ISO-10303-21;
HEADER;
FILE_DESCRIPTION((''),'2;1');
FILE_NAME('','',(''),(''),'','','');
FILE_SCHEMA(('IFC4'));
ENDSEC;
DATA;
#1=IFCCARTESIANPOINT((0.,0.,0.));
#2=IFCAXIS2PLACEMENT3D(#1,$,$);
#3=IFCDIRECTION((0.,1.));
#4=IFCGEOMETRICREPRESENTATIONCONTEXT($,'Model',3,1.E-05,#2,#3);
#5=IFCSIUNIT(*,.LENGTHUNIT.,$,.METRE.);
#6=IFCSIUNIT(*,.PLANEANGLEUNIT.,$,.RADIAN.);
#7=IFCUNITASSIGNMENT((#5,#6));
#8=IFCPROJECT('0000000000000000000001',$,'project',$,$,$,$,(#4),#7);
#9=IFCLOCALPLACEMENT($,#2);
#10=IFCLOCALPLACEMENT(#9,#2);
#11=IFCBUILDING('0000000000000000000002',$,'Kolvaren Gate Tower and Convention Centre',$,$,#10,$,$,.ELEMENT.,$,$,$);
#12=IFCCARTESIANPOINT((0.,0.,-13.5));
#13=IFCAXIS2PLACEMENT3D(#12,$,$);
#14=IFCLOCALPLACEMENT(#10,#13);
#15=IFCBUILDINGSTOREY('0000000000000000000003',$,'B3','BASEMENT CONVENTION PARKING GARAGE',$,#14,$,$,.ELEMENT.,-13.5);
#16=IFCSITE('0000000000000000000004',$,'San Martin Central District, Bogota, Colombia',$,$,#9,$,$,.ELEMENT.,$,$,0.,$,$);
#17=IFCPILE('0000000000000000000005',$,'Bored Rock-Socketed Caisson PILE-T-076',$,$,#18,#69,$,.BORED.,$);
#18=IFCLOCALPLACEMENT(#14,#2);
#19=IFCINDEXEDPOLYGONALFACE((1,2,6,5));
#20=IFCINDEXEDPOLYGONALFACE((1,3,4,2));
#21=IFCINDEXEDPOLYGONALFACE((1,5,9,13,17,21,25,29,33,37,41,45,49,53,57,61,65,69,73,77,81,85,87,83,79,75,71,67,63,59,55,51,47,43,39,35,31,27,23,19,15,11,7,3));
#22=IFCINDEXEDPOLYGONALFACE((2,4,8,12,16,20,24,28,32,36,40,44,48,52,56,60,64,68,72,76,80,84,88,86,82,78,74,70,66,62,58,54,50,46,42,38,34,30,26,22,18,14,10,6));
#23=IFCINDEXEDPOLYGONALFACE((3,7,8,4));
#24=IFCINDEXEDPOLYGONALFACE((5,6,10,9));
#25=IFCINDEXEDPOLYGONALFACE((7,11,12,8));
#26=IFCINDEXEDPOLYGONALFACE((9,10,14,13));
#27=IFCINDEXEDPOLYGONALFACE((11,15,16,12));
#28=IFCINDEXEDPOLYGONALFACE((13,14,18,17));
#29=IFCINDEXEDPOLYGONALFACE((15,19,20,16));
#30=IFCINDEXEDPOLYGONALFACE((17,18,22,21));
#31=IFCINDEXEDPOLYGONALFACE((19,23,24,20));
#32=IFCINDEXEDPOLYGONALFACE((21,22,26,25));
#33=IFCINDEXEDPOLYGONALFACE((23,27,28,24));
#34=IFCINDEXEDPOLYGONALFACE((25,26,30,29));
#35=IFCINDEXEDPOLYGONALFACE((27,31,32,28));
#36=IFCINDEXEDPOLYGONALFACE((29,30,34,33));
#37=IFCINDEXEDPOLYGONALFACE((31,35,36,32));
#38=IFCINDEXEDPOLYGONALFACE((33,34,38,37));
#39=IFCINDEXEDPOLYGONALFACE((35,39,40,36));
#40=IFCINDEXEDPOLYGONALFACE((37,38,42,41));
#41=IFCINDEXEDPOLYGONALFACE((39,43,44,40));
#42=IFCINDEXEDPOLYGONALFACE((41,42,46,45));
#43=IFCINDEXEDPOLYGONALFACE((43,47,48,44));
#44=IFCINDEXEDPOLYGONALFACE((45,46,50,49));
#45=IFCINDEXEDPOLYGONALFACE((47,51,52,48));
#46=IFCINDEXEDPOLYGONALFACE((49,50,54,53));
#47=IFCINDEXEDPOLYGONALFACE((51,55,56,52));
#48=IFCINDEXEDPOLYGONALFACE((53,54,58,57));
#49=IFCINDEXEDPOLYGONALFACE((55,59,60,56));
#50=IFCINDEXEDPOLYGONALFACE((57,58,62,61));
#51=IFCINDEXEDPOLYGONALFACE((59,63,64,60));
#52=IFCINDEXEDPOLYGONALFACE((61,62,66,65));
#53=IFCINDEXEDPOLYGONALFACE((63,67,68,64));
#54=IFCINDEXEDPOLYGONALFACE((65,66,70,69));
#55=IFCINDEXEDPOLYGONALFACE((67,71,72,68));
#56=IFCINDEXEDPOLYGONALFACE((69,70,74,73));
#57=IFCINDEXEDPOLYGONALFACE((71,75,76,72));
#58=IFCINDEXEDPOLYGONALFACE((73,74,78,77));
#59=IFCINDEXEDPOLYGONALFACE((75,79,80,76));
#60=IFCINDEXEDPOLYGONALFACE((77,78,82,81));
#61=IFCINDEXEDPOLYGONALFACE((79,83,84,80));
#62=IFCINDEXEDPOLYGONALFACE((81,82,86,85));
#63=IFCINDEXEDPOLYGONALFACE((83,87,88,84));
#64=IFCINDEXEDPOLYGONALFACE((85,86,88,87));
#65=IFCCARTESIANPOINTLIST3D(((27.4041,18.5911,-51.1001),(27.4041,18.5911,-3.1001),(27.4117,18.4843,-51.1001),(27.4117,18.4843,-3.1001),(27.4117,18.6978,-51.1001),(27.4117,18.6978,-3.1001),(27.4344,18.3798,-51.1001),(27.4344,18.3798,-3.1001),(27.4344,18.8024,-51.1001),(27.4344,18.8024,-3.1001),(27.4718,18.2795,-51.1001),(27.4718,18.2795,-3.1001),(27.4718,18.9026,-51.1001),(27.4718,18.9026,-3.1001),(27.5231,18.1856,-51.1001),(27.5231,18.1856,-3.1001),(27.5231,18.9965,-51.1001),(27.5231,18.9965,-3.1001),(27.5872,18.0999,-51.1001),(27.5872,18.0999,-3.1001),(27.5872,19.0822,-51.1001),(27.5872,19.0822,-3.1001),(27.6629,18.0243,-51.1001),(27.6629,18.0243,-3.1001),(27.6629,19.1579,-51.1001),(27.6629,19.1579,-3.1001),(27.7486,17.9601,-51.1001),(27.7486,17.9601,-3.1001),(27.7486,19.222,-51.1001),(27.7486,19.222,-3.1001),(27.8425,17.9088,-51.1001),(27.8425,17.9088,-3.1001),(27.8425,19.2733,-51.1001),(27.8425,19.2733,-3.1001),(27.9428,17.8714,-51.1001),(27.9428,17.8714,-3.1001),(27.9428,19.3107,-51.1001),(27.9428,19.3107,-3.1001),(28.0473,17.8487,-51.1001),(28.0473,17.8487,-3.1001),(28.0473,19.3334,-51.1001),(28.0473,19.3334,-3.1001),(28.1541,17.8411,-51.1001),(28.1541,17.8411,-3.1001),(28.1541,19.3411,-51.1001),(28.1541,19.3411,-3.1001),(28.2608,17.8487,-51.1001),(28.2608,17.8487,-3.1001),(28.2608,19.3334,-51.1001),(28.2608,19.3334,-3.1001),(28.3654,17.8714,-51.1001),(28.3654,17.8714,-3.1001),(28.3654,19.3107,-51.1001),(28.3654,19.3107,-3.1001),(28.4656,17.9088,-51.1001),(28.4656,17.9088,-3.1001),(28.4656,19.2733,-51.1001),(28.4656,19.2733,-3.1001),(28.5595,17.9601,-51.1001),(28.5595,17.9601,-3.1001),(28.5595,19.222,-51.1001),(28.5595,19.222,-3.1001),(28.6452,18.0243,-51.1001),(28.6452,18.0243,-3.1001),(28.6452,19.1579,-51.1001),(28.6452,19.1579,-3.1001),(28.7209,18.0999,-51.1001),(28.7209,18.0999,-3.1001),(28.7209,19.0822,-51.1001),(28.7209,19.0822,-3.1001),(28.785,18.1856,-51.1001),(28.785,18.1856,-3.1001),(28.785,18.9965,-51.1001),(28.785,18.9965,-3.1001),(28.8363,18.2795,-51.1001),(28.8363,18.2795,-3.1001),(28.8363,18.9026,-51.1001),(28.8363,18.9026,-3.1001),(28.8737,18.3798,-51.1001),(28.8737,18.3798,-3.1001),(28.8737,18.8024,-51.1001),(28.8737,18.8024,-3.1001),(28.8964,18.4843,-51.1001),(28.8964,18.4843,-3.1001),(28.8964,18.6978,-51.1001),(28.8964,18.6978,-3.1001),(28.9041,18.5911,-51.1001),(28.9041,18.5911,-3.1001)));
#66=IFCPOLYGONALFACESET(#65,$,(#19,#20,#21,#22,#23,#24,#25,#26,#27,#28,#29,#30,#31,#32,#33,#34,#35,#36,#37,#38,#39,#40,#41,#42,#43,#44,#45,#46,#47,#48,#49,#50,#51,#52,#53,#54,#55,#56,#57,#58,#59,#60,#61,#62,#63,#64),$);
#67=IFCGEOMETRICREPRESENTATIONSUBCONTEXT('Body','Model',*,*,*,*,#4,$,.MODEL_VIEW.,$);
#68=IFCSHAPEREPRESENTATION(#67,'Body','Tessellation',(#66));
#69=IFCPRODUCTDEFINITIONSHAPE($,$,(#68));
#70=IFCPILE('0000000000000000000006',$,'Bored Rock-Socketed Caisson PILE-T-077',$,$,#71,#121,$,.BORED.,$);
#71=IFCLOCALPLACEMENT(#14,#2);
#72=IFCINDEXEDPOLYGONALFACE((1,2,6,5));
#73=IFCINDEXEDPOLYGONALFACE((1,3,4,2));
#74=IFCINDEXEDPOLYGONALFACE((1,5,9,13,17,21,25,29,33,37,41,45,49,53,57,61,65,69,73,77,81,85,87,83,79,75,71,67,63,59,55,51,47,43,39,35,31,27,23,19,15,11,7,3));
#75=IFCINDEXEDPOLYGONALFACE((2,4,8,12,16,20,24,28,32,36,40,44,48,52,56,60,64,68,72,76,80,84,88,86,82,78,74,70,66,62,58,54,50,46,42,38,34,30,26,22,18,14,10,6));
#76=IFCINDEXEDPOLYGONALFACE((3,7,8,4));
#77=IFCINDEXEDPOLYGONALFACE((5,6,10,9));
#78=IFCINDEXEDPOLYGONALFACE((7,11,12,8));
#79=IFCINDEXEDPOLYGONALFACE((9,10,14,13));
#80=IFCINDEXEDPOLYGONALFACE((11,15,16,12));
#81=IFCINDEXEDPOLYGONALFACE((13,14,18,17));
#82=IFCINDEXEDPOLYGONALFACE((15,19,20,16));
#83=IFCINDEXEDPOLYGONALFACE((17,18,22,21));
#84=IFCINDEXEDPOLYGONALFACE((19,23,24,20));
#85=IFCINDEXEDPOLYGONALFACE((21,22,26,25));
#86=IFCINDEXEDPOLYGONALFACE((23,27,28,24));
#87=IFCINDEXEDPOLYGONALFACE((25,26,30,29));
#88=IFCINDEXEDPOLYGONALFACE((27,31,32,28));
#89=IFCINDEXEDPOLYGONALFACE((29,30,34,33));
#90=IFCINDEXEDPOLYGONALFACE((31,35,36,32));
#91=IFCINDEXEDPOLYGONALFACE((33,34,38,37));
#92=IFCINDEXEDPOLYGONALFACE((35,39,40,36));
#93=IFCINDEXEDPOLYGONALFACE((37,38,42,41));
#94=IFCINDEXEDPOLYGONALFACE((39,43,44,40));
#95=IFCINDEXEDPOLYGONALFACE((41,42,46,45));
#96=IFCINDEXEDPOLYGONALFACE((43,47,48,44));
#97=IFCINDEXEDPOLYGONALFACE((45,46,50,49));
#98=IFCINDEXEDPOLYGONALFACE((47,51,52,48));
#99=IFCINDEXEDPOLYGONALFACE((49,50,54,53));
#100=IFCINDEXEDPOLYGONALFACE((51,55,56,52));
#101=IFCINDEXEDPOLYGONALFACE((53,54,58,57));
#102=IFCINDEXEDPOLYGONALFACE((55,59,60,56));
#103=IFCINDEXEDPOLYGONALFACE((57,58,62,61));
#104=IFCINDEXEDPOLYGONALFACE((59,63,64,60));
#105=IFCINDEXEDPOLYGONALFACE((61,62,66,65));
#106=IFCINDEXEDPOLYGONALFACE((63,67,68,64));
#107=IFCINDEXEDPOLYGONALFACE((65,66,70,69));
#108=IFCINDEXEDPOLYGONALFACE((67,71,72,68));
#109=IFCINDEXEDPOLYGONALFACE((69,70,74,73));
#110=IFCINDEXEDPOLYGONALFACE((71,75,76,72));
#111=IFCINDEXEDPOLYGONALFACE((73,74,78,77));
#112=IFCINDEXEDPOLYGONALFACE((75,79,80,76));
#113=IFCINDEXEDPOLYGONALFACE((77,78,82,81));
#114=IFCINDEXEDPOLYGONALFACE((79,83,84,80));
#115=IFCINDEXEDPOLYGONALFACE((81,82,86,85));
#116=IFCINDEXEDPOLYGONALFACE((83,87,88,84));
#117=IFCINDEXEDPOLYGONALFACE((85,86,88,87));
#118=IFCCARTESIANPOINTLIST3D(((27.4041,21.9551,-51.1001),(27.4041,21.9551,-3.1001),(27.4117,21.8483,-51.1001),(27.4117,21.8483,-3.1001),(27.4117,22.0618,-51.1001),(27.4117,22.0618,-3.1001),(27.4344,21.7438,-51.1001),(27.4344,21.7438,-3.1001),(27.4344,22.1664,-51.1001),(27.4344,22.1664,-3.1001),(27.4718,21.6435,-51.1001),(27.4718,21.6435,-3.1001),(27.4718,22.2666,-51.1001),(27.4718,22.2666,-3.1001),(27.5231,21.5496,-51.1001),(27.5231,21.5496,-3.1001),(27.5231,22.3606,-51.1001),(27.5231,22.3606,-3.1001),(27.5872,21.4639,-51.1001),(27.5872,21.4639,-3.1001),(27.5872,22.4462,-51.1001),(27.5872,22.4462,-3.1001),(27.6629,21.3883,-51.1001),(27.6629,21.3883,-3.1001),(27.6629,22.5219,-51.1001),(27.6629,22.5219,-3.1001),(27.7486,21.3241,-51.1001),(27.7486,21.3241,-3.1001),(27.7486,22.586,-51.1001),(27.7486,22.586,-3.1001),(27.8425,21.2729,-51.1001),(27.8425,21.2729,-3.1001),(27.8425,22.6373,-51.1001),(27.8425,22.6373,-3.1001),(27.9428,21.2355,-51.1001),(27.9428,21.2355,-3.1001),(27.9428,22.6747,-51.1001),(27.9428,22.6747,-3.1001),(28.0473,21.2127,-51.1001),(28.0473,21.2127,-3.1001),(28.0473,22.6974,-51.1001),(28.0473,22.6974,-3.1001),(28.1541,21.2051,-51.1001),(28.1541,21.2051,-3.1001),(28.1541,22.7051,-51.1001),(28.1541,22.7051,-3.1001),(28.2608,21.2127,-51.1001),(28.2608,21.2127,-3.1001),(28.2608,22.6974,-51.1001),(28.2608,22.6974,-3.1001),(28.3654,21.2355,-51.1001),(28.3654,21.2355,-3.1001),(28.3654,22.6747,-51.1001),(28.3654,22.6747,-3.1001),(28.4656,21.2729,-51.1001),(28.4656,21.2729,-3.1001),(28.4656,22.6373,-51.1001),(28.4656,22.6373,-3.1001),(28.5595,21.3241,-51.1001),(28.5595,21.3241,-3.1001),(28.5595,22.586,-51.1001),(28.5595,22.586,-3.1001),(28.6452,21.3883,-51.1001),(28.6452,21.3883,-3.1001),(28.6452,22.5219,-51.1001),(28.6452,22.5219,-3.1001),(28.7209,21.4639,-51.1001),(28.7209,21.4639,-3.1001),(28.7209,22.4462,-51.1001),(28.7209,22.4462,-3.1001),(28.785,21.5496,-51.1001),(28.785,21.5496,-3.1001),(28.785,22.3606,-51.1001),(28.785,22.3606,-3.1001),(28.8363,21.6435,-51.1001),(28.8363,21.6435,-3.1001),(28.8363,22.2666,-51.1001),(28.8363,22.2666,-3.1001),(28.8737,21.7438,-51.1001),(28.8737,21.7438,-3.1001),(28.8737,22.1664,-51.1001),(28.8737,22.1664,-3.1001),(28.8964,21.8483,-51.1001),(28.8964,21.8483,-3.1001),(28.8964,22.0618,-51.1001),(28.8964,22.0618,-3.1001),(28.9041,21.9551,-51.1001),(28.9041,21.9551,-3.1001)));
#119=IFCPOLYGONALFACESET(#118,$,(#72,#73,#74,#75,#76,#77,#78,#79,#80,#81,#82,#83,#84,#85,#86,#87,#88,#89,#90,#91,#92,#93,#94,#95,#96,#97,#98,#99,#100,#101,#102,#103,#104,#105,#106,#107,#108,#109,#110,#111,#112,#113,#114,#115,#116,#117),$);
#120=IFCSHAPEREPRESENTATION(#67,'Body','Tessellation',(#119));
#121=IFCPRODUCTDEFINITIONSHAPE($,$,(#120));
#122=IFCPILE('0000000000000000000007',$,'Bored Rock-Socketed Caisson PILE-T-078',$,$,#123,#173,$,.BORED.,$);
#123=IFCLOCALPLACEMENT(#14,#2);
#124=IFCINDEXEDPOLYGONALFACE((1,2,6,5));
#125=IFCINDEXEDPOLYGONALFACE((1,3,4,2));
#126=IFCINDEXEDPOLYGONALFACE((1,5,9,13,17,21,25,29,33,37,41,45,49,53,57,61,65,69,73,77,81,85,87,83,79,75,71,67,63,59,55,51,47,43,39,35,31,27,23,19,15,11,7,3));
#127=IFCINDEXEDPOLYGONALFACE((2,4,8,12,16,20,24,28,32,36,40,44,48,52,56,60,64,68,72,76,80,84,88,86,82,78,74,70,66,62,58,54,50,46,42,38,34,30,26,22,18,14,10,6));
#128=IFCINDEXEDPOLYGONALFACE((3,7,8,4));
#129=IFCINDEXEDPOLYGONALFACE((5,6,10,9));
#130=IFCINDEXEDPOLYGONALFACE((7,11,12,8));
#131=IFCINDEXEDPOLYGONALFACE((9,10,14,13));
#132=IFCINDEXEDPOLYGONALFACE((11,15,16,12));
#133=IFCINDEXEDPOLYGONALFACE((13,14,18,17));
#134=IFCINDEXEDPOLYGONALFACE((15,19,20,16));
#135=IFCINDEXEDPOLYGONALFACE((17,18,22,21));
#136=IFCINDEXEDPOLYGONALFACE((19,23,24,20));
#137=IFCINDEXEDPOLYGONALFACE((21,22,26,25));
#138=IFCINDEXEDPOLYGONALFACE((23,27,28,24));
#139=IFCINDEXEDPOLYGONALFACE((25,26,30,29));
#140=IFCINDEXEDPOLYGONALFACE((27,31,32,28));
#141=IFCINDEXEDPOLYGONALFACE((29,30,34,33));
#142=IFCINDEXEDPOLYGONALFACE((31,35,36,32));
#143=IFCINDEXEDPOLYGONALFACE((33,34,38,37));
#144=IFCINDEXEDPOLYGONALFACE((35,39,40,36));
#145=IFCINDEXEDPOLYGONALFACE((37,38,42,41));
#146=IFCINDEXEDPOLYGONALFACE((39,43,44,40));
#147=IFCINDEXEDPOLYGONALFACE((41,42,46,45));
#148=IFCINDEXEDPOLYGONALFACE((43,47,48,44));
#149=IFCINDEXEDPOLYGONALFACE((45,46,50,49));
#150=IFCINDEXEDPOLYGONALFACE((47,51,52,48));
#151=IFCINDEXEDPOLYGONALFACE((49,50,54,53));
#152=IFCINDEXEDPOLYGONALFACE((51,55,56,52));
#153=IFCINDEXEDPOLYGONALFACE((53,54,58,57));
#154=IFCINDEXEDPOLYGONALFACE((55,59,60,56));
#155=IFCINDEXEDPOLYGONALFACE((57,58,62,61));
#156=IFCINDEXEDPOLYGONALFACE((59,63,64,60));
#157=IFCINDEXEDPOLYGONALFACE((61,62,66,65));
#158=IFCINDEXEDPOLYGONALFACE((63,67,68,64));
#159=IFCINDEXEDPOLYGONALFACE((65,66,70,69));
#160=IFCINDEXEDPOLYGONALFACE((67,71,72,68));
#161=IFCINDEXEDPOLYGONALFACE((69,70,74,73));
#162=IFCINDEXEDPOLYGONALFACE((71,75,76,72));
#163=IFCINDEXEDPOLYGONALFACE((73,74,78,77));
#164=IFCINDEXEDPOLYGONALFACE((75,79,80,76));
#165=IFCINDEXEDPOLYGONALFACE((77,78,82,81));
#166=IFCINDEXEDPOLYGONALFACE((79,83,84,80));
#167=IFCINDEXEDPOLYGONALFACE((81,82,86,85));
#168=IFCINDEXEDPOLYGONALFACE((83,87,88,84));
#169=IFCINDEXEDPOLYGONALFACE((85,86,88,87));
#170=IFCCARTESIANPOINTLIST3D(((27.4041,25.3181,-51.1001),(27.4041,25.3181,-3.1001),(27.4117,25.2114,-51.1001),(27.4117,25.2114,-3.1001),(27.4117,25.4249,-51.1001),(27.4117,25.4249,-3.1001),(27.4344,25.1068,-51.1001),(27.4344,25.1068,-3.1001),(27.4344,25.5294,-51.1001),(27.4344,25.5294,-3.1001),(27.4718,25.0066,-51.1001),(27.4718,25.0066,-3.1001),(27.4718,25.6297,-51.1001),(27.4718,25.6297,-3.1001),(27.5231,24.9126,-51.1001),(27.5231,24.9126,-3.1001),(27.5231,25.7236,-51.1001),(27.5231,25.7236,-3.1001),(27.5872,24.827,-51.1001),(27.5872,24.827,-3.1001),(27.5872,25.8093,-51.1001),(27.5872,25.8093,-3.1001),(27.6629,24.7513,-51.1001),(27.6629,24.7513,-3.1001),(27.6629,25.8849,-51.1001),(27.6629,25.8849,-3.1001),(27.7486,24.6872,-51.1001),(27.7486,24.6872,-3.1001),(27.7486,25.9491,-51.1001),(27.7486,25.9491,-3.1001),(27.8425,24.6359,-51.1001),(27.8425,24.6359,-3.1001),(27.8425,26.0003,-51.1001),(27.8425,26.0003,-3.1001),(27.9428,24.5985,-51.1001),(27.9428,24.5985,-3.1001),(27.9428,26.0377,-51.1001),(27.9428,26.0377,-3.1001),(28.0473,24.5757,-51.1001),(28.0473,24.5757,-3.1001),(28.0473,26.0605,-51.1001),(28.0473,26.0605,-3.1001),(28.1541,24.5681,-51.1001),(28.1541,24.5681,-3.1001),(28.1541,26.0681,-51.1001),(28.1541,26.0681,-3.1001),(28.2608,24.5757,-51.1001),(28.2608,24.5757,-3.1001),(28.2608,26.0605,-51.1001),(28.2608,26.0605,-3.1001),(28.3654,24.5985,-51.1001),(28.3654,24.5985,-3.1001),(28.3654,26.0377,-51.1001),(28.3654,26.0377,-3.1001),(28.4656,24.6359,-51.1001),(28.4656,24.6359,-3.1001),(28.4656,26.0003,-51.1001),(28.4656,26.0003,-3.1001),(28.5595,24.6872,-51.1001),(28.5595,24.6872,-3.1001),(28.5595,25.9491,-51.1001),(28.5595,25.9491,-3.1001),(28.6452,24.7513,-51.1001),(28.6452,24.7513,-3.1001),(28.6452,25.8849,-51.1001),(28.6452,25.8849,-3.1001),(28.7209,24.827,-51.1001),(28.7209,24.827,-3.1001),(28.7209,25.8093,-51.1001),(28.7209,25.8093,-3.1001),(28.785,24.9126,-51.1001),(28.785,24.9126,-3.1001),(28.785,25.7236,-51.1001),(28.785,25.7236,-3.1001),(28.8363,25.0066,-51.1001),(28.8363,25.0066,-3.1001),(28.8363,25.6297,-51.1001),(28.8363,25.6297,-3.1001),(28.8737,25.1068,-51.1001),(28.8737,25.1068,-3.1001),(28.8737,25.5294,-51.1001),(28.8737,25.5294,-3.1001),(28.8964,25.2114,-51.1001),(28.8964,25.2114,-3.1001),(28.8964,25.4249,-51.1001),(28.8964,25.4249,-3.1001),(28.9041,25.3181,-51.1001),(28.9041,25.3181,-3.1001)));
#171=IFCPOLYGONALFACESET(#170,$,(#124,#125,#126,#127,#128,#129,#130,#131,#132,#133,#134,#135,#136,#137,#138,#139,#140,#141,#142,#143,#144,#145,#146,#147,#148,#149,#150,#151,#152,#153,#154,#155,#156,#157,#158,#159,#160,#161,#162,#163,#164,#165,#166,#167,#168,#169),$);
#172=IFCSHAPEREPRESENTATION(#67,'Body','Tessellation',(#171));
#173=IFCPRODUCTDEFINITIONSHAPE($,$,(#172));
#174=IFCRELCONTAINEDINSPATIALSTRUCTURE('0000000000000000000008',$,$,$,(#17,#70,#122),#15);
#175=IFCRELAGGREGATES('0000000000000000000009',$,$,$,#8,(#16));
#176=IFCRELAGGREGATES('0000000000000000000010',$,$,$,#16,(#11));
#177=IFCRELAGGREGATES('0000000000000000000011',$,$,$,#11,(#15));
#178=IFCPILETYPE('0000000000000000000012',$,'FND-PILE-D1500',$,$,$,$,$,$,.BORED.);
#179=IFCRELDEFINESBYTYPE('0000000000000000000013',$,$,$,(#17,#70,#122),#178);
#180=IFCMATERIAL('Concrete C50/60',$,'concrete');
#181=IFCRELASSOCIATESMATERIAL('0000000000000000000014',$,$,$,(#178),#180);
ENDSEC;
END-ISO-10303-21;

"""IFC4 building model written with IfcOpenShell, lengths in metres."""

from ifc_helpers import new_model, si_unit, direction, frame, origin, origin_2d, place, context, subcontext, project, spatial, circle, extrude, material, material_profile, profile_set, type_object, element, save


model = new_model("IFC4")

# Units and contexts
model_context = context("Model", 3, precision=1e-05, world=origin(), true_north=direction((0.0, 1.0)))
body_context = subcontext(model_context, "Body", "Model", "MODEL_VIEW")
ifc_project = project(units=[si_unit("LENGTHUNIT", "METRE"), si_unit("PLANEANGLEUNIT", "RADIAN")], contexts=[model_context])

# Site, building, storey
site_placement = place(None, origin())
site = spatial("IfcSite", under=ifc_project, at=site_placement, Name="San Martin Central District, Bogota, Colombia", CompositionType="ELEMENT", RefElevation=0.0)
building_placement = place(site_placement, origin())
building = spatial("IfcBuilding", under=site, at=building_placement, Name="Kolvaren Gate Tower and Convention Centre", CompositionType="ELEMENT")
storey_placement = place(building_placement, frame((0.0, 0.0, -13.5)))
storey = spatial("IfcBuildingStorey", under=building, at=storey_placement, Name="B3", Description="BASEMENT CONVENTION PARKING GARAGE", CompositionType="ELEMENT", Elevation=-13.5)

# Piles
ifc_material_1 = material(Name="Concrete C50/60", Category="concrete")
ifc_material_profile_1 = material_profile(ifc_material_1, circle(Radius=0.75, at=origin_2d()), Name="CAISSON-D1500")
ifc_profile_set_1 = profile_set([ifc_material_profile_1], Name="Concrete C50/60")
pile_type = type_object("IfcPileType", Name="FND-PILE-D1500", PredefinedType="BORED", material=ifc_profile_set_1)
for number, where, z_axis, x_axis, name in (
    (1, (28.1541, 18.5911, -3.1001), (0.0, 0.0, -1.0), (1.0, 0.0, 0.0), "Bored Rock-Socketed Caisson PILE-T-076"),
    (2, (28.1541, 21.9551, -3.1001), (0.0, 0.0, -1.0), (1.0, 0.0, 0.0), "Bored Rock-Socketed Caisson PILE-T-077"),
    (3, (28.1541, 25.3181, -3.1001), (0.0, 0.0, -1.0), (1.0, 0.0, 0.0), "Bored Rock-Socketed Caisson PILE-T-078"),
):
    element("IfcPile", number, at=place(storey_placement, frame(where, z_axis=z_axis, x_axis=x_axis)), inside=storey, type_object=pile_type, Name=name, PredefinedType="BORED", context=body_context, shape_type="SweptSolid", body=[
        extrude(circle(Radius=0.75, at=origin_2d()), origin(), (0.0, 0.0, 1.0), 48.0),
    ])

save(model, "model.ifc")
